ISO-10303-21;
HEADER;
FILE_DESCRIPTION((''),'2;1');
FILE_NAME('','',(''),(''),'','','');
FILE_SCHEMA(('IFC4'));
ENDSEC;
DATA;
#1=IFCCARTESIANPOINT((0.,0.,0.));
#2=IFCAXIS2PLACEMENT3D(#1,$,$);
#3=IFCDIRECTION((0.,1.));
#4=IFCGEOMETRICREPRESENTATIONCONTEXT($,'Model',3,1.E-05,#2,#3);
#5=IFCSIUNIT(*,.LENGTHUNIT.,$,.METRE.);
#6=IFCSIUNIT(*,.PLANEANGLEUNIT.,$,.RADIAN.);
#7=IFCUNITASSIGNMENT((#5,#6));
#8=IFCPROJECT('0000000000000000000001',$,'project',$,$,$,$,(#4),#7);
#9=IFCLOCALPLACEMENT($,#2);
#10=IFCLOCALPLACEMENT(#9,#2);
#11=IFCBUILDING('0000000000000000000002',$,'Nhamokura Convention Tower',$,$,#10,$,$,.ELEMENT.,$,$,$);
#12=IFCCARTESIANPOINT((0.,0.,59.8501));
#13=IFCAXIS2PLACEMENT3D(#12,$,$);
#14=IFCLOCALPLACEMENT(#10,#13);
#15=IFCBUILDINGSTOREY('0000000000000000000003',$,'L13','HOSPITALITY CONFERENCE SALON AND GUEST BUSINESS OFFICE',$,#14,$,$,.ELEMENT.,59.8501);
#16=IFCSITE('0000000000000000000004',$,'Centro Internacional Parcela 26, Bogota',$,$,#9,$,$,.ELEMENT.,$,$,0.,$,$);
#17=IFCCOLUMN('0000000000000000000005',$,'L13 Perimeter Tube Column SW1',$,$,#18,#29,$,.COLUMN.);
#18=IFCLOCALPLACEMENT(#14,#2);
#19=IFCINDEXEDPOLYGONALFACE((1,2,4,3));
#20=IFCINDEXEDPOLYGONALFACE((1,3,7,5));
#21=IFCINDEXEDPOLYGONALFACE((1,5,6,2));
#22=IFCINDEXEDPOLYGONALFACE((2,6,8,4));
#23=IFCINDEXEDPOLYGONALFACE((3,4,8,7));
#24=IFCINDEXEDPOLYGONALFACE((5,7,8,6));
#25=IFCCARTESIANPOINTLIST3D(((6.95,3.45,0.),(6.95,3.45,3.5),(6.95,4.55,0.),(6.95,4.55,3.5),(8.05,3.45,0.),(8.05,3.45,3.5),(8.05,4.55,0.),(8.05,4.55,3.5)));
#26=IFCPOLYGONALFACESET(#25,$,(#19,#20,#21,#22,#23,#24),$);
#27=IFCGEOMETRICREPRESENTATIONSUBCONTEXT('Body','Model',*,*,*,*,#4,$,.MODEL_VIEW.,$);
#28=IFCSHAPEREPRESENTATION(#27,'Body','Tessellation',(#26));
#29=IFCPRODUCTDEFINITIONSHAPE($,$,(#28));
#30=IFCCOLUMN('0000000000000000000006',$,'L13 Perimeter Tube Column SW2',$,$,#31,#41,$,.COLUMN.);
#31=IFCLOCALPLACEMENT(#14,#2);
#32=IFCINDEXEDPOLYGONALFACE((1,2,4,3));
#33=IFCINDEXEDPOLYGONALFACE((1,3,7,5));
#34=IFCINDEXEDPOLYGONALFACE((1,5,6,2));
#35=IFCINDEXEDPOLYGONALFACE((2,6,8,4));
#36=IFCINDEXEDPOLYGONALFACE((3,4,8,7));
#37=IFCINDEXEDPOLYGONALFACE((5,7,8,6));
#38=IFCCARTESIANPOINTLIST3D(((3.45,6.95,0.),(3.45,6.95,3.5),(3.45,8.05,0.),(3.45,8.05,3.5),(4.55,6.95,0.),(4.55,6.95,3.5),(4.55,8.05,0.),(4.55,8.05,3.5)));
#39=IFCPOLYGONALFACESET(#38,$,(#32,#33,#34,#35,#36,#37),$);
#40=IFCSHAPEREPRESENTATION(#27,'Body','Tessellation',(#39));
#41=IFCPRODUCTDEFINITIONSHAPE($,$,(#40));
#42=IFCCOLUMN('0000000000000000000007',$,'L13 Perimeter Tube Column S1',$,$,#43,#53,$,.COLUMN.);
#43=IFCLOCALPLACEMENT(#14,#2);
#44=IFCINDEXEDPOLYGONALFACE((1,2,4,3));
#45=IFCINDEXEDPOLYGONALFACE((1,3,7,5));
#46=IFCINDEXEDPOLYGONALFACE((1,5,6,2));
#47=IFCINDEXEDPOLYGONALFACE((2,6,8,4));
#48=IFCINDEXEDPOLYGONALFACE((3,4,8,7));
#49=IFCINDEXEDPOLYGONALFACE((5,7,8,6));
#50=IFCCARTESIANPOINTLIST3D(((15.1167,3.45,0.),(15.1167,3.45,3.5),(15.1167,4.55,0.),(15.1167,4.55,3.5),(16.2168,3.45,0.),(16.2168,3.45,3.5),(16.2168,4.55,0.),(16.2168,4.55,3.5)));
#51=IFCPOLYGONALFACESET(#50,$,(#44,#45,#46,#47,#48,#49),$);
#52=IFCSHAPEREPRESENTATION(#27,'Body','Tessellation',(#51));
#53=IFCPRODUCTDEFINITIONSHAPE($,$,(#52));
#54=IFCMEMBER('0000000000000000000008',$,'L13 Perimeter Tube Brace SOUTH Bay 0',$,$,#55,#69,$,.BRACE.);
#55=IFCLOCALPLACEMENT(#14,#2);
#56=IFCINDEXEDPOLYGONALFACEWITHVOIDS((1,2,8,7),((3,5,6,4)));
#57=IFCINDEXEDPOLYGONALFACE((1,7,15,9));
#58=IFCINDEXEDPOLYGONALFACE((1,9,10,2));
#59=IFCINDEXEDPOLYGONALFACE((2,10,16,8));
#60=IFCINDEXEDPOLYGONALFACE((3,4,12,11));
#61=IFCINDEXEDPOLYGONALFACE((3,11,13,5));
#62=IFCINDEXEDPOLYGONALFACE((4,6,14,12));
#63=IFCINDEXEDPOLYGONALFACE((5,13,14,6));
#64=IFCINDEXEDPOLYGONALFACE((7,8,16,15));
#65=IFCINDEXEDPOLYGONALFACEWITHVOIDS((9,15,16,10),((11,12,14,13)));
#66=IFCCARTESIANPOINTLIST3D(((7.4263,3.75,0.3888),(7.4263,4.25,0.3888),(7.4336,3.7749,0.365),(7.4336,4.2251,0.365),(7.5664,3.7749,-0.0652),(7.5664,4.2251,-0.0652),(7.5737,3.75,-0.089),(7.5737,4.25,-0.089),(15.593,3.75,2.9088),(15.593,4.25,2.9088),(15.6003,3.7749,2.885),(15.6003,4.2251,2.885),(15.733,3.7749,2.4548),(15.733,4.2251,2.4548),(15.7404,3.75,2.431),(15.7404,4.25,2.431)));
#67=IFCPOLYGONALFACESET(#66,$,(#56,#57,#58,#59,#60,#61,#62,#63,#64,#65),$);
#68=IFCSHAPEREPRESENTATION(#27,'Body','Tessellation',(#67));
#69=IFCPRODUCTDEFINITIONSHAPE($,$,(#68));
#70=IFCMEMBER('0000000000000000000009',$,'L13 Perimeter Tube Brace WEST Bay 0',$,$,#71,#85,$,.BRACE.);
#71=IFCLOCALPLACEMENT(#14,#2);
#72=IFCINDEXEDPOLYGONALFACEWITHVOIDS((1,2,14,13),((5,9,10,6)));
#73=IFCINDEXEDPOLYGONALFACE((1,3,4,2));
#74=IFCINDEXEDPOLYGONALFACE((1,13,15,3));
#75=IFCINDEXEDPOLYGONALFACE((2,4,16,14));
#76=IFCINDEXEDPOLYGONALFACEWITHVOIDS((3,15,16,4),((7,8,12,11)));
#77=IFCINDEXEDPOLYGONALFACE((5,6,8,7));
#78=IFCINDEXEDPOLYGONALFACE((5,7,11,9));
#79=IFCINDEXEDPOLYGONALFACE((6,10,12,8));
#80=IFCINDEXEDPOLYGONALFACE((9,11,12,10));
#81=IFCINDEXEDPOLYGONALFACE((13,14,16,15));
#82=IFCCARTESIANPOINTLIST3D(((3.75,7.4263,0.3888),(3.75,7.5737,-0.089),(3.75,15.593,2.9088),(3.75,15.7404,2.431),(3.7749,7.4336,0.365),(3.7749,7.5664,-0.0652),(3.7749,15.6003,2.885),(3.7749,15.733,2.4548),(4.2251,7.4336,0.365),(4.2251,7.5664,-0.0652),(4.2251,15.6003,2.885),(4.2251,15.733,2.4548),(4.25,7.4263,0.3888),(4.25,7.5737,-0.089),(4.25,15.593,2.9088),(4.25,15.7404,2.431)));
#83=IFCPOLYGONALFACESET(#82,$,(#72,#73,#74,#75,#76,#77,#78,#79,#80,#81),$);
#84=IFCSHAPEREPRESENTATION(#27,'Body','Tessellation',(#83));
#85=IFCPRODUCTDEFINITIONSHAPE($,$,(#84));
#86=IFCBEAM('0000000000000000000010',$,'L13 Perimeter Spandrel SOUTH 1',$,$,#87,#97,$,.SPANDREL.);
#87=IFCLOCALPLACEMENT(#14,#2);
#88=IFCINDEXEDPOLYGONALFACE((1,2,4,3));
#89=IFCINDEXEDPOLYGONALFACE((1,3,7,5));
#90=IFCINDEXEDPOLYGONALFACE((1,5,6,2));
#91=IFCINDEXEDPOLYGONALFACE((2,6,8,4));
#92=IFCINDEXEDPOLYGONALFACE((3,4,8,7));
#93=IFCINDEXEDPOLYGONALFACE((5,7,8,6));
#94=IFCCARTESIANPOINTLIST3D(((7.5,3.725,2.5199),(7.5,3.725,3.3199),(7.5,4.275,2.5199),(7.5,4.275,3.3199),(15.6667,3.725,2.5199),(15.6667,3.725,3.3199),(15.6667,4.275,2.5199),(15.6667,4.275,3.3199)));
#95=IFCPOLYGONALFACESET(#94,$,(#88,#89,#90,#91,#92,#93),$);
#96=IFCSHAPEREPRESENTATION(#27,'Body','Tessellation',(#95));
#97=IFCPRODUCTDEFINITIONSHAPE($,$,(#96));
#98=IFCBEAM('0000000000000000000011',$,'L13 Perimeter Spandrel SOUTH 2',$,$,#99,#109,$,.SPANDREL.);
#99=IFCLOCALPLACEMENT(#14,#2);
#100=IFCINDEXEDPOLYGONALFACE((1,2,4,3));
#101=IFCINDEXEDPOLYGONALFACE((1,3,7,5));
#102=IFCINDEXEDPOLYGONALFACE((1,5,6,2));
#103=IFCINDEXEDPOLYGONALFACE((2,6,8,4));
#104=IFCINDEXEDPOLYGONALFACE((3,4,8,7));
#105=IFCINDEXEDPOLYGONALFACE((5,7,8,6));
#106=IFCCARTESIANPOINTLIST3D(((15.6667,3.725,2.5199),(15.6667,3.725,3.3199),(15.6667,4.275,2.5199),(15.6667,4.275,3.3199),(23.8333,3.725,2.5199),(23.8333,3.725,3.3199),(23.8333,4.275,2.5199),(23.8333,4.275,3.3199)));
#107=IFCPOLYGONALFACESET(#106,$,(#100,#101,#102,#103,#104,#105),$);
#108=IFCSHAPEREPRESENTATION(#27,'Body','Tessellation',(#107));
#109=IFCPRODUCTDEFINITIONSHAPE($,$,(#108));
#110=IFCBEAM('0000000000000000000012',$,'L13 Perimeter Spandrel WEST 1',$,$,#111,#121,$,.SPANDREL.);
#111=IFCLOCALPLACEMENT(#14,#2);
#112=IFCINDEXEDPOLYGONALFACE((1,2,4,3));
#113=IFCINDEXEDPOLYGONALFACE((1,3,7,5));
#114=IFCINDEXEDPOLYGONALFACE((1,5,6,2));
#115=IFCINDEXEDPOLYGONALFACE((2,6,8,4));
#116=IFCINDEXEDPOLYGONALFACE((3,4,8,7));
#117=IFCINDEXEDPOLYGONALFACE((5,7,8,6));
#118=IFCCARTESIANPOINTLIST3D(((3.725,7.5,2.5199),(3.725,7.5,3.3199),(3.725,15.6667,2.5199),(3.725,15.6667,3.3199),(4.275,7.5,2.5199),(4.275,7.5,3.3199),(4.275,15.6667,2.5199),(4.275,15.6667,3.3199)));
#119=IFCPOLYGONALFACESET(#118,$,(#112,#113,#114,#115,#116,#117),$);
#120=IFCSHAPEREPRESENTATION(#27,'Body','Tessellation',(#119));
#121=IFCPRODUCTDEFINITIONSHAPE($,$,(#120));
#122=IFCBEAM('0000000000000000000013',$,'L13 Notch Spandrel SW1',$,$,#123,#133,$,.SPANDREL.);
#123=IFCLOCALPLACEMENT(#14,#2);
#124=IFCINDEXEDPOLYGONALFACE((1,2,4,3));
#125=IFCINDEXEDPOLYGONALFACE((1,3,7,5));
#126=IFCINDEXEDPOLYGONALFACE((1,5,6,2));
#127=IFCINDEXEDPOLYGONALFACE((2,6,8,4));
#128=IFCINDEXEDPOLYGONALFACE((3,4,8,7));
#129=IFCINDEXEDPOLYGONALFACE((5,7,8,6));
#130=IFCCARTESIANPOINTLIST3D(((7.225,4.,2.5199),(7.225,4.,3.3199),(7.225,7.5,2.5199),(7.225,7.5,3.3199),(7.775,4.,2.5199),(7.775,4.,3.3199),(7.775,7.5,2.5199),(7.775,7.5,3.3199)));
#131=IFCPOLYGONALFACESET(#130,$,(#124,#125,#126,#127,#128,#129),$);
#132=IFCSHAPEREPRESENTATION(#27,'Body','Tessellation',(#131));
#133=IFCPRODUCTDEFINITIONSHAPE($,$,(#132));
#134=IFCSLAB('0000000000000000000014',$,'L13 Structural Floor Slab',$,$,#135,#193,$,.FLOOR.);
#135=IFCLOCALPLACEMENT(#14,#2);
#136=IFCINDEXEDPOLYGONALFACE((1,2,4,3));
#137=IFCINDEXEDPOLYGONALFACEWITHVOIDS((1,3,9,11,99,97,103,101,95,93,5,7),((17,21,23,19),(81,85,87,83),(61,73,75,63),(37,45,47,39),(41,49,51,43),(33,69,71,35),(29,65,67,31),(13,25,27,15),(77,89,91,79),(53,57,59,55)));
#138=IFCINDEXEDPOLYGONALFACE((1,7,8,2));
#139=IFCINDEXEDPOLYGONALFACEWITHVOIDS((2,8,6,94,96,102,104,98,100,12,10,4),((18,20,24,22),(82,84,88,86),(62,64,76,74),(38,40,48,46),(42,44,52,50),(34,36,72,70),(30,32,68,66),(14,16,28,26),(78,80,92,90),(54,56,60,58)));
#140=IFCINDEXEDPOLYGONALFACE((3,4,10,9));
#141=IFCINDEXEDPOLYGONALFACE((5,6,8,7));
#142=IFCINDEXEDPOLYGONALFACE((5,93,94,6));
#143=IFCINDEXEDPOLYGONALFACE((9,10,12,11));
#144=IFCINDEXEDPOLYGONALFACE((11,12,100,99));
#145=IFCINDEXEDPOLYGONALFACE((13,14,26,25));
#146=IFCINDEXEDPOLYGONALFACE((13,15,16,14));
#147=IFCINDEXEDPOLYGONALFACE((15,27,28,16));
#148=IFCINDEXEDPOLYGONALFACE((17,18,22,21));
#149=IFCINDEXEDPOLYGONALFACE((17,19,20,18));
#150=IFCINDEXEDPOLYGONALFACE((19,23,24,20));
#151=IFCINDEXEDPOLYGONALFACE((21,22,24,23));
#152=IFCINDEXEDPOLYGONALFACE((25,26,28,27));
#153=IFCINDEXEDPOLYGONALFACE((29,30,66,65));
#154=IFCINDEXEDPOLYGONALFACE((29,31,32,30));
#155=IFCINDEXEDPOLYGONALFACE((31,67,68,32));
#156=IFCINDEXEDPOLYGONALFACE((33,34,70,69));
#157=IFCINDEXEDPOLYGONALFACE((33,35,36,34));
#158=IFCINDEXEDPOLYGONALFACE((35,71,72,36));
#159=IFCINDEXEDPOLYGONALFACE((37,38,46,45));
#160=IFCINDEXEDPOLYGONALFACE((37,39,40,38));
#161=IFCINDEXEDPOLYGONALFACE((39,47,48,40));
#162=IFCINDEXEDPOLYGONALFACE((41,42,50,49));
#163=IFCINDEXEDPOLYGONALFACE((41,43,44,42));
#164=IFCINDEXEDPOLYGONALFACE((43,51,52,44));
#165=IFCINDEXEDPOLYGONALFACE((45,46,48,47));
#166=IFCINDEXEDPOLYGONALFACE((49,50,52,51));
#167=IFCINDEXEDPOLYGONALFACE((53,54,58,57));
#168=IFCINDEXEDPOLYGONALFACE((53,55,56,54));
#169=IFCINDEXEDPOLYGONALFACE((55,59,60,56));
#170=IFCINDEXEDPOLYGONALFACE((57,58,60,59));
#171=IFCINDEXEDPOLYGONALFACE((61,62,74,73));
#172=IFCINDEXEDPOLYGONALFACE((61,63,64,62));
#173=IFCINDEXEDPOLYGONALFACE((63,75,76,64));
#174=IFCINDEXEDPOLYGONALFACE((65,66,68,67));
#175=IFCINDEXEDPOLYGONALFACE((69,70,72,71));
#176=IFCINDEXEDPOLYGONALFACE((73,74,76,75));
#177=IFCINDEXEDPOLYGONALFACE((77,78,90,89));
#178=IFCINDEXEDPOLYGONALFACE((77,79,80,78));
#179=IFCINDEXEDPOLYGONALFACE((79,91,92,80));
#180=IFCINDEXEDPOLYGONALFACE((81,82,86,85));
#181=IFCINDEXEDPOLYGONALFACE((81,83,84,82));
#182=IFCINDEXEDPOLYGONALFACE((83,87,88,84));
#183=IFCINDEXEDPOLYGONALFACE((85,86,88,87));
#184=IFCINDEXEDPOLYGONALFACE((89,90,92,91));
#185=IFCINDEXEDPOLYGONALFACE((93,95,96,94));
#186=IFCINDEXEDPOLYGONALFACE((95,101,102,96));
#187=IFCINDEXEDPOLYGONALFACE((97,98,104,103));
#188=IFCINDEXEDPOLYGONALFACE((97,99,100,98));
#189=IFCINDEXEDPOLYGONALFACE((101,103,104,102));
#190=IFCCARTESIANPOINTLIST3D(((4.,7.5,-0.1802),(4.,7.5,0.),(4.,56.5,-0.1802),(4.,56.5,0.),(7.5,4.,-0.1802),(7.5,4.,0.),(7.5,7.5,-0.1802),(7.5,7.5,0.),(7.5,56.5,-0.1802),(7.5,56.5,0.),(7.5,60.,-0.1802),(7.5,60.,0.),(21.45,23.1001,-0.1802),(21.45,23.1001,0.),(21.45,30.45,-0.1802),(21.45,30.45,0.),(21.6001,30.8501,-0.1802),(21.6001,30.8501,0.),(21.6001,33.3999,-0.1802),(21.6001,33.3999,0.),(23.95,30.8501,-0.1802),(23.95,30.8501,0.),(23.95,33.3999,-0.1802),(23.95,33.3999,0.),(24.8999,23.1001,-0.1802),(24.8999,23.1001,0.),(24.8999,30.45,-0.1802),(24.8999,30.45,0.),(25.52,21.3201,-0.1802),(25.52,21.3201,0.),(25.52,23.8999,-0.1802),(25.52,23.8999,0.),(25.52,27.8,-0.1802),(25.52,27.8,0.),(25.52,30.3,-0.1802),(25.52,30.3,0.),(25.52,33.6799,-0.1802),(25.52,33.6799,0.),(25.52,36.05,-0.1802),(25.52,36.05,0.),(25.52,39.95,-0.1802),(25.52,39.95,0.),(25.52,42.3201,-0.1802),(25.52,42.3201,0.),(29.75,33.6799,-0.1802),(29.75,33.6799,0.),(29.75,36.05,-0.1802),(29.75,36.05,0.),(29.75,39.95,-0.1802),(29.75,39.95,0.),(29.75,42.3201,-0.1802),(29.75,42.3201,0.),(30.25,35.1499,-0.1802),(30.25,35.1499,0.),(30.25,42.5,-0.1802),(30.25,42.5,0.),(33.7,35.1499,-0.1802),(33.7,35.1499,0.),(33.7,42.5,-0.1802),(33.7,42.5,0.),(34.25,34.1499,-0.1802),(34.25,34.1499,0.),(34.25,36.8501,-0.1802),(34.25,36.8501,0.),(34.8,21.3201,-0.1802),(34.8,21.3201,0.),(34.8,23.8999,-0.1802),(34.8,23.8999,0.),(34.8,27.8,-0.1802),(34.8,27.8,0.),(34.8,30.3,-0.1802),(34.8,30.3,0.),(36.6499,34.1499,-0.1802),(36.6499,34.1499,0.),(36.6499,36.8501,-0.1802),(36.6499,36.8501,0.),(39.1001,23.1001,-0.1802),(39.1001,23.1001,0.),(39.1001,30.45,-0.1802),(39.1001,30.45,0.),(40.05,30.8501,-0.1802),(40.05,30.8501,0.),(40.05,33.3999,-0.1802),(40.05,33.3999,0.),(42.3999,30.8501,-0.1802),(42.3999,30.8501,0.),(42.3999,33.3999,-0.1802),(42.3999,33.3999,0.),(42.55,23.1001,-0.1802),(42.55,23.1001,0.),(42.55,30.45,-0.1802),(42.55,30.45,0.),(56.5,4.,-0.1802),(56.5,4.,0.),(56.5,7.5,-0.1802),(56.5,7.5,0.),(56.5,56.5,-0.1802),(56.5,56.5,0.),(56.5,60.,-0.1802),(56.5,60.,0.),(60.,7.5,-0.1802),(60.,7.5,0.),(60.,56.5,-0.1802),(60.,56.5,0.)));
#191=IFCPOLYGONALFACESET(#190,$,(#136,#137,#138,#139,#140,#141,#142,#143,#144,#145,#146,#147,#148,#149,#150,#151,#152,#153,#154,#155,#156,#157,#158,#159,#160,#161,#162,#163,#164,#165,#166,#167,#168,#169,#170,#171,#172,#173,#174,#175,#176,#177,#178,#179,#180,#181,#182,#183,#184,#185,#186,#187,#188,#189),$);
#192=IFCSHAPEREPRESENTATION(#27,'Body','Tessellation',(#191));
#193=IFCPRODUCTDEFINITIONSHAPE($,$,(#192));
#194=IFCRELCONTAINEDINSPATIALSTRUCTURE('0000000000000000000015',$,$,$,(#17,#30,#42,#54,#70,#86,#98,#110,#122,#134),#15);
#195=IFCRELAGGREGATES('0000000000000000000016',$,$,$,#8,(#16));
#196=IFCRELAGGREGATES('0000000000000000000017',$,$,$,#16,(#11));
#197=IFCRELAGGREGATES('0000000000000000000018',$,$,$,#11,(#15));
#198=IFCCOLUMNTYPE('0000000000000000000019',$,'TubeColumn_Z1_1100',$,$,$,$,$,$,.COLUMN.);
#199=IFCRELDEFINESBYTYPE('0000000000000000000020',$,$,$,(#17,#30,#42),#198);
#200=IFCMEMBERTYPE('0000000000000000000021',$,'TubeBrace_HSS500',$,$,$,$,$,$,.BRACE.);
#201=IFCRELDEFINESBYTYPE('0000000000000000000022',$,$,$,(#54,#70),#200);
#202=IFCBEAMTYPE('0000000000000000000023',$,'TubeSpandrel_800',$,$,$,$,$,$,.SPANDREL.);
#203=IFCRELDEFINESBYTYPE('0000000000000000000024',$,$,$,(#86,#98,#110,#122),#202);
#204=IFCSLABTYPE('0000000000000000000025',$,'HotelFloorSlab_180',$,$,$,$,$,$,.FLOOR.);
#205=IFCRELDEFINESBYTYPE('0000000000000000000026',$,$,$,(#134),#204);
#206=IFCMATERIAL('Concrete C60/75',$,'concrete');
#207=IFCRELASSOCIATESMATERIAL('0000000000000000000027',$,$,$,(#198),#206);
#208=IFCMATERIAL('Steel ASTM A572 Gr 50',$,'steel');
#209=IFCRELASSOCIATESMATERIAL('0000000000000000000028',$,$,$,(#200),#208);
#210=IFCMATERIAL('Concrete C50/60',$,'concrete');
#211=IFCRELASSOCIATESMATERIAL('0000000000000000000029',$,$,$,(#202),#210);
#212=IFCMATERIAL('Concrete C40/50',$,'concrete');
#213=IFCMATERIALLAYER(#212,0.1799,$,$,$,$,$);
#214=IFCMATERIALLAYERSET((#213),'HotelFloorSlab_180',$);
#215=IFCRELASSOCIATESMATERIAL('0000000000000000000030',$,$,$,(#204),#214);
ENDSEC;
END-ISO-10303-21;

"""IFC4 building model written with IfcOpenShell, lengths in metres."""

from ifc_helpers import new_model, si_unit, direction, frame, origin, origin_2d, place, context, subcontext, project, spatial, polyline, rectangle, hollow_rectangle, outline, extrude, material, layer, layer_set, material_profile, profile_set, type_object, element, save


model = new_model("IFC4")

# Units and contexts
model_context = context("Model", 3, precision=1e-05, world=origin(), true_north=direction((0.0, 1.0)))
body_context = subcontext(model_context, "Body", "Model", "MODEL_VIEW")
ifc_project = project(units=[si_unit("LENGTHUNIT", "METRE"), si_unit("PLANEANGLEUNIT", "RADIAN")], contexts=[model_context])

# Site, building, storey
site_placement = place(None, origin())
site = spatial("IfcSite", under=ifc_project, at=site_placement, Name="Centro Internacional Parcela 26, Bogota", CompositionType="ELEMENT", RefElevation=0.0)
building_placement = place(site_placement, origin())
building = spatial("IfcBuilding", under=site, at=building_placement, Name="Nhamokura Convention Tower", CompositionType="ELEMENT")
storey_placement = place(building_placement, frame((0.0, 0.0, 59.8501)))
storey = spatial("IfcBuildingStorey", under=building, at=storey_placement, Name="L13", Description="HOSPITALITY CONFERENCE SALON AND GUEST BUSINESS OFFICE", CompositionType="ELEMENT", Elevation=59.8501)

# Columns
ifc_material_1 = material(Name="Concrete C60/75", Category="concrete")
ifc_material_profile_1 = material_profile(ifc_material_1, rectangle(XDim=1.1001, YDim=1.1001, at=origin_2d()))
ifc_profile_set_1 = profile_set([ifc_material_profile_1], Name="Concrete C60/75")
column_type = type_object("IfcColumnType", Name="TubeColumn_Z1_1100", PredefinedType="COLUMN", material=ifc_profile_set_1)
for number, where, z_axis, x_axis, name in (
    (1, (7.5, 4.0, 0.0), (0.0, 0.0, 1.0), (1.0, 0.0, 0.0), "L13 Perimeter Tube Column SW1"),
    (2, (4.0, 7.5, 0.0), (0.0, 0.0, 1.0), (1.0, 0.0, 0.0), "L13 Perimeter Tube Column SW2"),
    (3, (15.6667, 4.0, 0.0), (0.0, 0.0, 1.0), (1.0, 0.0, 0.0), "L13 Perimeter Tube Column S1"),
):
    element("IfcColumn", number, at=place(storey_placement, frame(where, z_axis=z_axis, x_axis=x_axis)), inside=storey, type_object=column_type, Name=name, PredefinedType="COLUMN", context=body_context, shape_type="SweptSolid", body=[
        extrude(rectangle(XDim=1.1001, YDim=1.1001, at=origin_2d()), origin(), (0.0, 0.0, 1.0), 3.5),
    ])

# Members
ifc_material_2 = material(Name="Steel ASTM A572 Gr 50", Category="steel")
ifc_material_profile_2 = material_profile(ifc_material_2, hollow_rectangle(XDim=0.5, YDim=0.5, WallThickness=0.0249, at=origin_2d()))
ifc_profile_set_2 = profile_set([ifc_material_profile_2], Name="Steel ASTM A572 Gr 50")
member_type = type_object("IfcMemberType", Name="TubeBrace_HSS500", PredefinedType="BRACE", material=ifc_profile_set_2)
for number, where, z_axis, x_axis, name in (
    (4, (7.5, 4.0, 0.1499), (0.955543, 0.0, 0.294853), (0.0, 1.0, 0.0), "L13 Perimeter Tube Brace SOUTH Bay 0"),
    (5, (4.0, 7.5, 0.1499), (0.0, 0.955543, 0.294853), (-1.0, 0.0, 0.0), "L13 Perimeter Tube Brace WEST Bay 0"),
):
    element("IfcMember", number, at=place(storey_placement, frame(where, z_axis=z_axis, x_axis=x_axis)), inside=storey, type_object=member_type, Name=name, PredefinedType="BRACE", context=body_context, shape_type="SweptSolid", body=[
        extrude(hollow_rectangle(XDim=0.5, YDim=0.5, WallThickness=0.0249, at=origin_2d()), origin(), (0.0, 0.0, 1.0), 8.5466),
    ])

# Beams
ifc_material_3 = material(Name="Concrete C50/60", Category="concrete")
ifc_material_profile_3 = material_profile(ifc_material_3, rectangle(XDim=0.55, YDim=0.8, at=origin_2d()))
ifc_profile_set_3 = profile_set([ifc_material_profile_3], Name="Concrete C50/60")
beam_type = type_object("IfcBeamType", Name="TubeSpandrel_800", PredefinedType="SPANDREL", material=ifc_profile_set_3)
beam_1_placement = place(storey_placement, frame((7.5, 4.0, 2.9199), z_axis=(1.0, 0.0, 0.0), x_axis=(0.0, 1.0, 0.0)))
element("IfcBeam", 6, at=beam_1_placement, inside=storey, type_object=beam_type, Name="L13 Perimeter Spandrel SOUTH 1", PredefinedType="SPANDREL", context=body_context, shape_type="SweptSolid", body=[
    extrude(rectangle(XDim=0.55, YDim=0.8, at=origin_2d()), origin(), (0.0, 0.0, 1.0), 8.1667),
])
beam_2_placement = place(storey_placement, frame((15.6667, 4.0, 2.9199), z_axis=(1.0, 0.0, 0.0), x_axis=(0.0, 1.0, 0.0)))
element("IfcBeam", 7, at=beam_2_placement, inside=storey, type_object=beam_type, Name="L13 Perimeter Spandrel SOUTH 2", PredefinedType="SPANDREL", context=body_context, shape_type="SweptSolid", body=[
    extrude(rectangle(XDim=0.55, YDim=0.8, at=origin_2d()), origin(), (0.0, 0.0, 1.0), 8.1665),
])
beam_3_placement = place(storey_placement, frame((4.0, 7.5, 2.9199), z_axis=(0.0, 1.0, 0.0), x_axis=(-1.0, 0.0, 0.0)))
element("IfcBeam", 8, at=beam_3_placement, inside=storey, type_object=beam_type, Name="L13 Perimeter Spandrel WEST 1", PredefinedType="SPANDREL", context=body_context, shape_type="SweptSolid", body=[
    extrude(rectangle(XDim=0.55, YDim=0.8, at=origin_2d()), origin(), (0.0, 0.0, 1.0), 8.1667),
])
beam_4_placement = place(storey_placement, frame((7.5, 4.0, 2.9199), z_axis=(0.0, 1.0, 0.0), x_axis=(-1.0, 0.0, 0.0)))
element("IfcBeam", 9, at=beam_4_placement, inside=storey, type_object=beam_type, Name="L13 Notch Spandrel SW1", PredefinedType="SPANDREL", context=body_context, shape_type="SweptSolid", body=[
    extrude(rectangle(XDim=0.55, YDim=0.8, at=origin_2d()), origin(), (0.0, 0.0, 1.0), 3.5),
])

# Slab
ifc_material_4 = material(Name="Concrete C40/50", Category="concrete")
ifc_layer_1 = layer(ifc_material_4, 0.1799)
ifc_layer_set_1 = layer_set([ifc_layer_1], Name="HotelFloorSlab_180")
slab_type_1 = type_object("IfcSlabType", Name="HotelFloorSlab_180", PredefinedType="FLOOR", material=ifc_layer_set_1)
slab_1_placement = place(storey_placement, frame((0.0, 0.0, -0.1802)))
element("IfcSlab", 10, at=slab_1_placement, inside=storey, type_object=slab_type_1, Name="L13 Structural Floor Slab", PredefinedType="FLOOR", context=body_context, shape_type="SweptSolid", body=[
    extrude(outline(polyline([(7.5, 4.0), (56.5, 4.0), (56.5, 7.5), (60.0, 7.5), (60.0, 56.5), (56.5, 56.5), (56.5, 60.0), (7.5, 60.0), (7.5, 56.5), (4.0, 56.5), (4.0, 7.5), (7.5, 7.5), (7.5, 4.0)]), holes=[polyline([(24.8999, 23.1001), (24.8999, 30.45), (21.45, 30.45), (21.45, 23.1001), (24.8999, 23.1001)]), polyline([(42.55, 23.1001), (42.55, 30.45), (39.1001, 30.45), (39.1001, 23.1001), (42.55, 23.1001)]), polyline([(33.7, 35.1499), (33.7, 42.5), (30.25, 42.5), (30.25, 35.1499), (33.7, 35.1499)]), polyline([(21.6001, 30.8501), (23.95, 30.8501), (23.95, 33.3999), (21.6001, 33.3999), (21.6001, 30.8501)]), polyline([(40.05, 30.8501), (42.3999, 30.8501), (42.3999, 33.3999), (40.05, 33.3999), (40.05, 30.8501)]), polyline([(34.25, 34.1499), (36.6499, 34.1499), (36.6499, 36.8501), (34.25, 36.8501), (34.25, 34.1499)]), polyline([(25.52, 21.3201), (34.8, 21.3201), (34.8, 23.8999), (25.52, 23.8999), (25.52, 21.3201)]), polyline([(25.52, 27.8), (34.8, 27.8), (34.8, 30.3), (25.52, 30.3), (25.52, 27.8)]), polyline([(25.52, 33.6799), (29.75, 33.6799), (29.75, 36.05), (25.52, 36.05), (25.52, 33.6799)]), polyline([(25.52, 39.95), (29.75, 39.95), (29.75, 42.3201), (25.52, 42.3201), (25.52, 39.95)])]), origin(), (0.0, 0.0, 1.0), 0.1802),
])

save(model, "model.ifc")
